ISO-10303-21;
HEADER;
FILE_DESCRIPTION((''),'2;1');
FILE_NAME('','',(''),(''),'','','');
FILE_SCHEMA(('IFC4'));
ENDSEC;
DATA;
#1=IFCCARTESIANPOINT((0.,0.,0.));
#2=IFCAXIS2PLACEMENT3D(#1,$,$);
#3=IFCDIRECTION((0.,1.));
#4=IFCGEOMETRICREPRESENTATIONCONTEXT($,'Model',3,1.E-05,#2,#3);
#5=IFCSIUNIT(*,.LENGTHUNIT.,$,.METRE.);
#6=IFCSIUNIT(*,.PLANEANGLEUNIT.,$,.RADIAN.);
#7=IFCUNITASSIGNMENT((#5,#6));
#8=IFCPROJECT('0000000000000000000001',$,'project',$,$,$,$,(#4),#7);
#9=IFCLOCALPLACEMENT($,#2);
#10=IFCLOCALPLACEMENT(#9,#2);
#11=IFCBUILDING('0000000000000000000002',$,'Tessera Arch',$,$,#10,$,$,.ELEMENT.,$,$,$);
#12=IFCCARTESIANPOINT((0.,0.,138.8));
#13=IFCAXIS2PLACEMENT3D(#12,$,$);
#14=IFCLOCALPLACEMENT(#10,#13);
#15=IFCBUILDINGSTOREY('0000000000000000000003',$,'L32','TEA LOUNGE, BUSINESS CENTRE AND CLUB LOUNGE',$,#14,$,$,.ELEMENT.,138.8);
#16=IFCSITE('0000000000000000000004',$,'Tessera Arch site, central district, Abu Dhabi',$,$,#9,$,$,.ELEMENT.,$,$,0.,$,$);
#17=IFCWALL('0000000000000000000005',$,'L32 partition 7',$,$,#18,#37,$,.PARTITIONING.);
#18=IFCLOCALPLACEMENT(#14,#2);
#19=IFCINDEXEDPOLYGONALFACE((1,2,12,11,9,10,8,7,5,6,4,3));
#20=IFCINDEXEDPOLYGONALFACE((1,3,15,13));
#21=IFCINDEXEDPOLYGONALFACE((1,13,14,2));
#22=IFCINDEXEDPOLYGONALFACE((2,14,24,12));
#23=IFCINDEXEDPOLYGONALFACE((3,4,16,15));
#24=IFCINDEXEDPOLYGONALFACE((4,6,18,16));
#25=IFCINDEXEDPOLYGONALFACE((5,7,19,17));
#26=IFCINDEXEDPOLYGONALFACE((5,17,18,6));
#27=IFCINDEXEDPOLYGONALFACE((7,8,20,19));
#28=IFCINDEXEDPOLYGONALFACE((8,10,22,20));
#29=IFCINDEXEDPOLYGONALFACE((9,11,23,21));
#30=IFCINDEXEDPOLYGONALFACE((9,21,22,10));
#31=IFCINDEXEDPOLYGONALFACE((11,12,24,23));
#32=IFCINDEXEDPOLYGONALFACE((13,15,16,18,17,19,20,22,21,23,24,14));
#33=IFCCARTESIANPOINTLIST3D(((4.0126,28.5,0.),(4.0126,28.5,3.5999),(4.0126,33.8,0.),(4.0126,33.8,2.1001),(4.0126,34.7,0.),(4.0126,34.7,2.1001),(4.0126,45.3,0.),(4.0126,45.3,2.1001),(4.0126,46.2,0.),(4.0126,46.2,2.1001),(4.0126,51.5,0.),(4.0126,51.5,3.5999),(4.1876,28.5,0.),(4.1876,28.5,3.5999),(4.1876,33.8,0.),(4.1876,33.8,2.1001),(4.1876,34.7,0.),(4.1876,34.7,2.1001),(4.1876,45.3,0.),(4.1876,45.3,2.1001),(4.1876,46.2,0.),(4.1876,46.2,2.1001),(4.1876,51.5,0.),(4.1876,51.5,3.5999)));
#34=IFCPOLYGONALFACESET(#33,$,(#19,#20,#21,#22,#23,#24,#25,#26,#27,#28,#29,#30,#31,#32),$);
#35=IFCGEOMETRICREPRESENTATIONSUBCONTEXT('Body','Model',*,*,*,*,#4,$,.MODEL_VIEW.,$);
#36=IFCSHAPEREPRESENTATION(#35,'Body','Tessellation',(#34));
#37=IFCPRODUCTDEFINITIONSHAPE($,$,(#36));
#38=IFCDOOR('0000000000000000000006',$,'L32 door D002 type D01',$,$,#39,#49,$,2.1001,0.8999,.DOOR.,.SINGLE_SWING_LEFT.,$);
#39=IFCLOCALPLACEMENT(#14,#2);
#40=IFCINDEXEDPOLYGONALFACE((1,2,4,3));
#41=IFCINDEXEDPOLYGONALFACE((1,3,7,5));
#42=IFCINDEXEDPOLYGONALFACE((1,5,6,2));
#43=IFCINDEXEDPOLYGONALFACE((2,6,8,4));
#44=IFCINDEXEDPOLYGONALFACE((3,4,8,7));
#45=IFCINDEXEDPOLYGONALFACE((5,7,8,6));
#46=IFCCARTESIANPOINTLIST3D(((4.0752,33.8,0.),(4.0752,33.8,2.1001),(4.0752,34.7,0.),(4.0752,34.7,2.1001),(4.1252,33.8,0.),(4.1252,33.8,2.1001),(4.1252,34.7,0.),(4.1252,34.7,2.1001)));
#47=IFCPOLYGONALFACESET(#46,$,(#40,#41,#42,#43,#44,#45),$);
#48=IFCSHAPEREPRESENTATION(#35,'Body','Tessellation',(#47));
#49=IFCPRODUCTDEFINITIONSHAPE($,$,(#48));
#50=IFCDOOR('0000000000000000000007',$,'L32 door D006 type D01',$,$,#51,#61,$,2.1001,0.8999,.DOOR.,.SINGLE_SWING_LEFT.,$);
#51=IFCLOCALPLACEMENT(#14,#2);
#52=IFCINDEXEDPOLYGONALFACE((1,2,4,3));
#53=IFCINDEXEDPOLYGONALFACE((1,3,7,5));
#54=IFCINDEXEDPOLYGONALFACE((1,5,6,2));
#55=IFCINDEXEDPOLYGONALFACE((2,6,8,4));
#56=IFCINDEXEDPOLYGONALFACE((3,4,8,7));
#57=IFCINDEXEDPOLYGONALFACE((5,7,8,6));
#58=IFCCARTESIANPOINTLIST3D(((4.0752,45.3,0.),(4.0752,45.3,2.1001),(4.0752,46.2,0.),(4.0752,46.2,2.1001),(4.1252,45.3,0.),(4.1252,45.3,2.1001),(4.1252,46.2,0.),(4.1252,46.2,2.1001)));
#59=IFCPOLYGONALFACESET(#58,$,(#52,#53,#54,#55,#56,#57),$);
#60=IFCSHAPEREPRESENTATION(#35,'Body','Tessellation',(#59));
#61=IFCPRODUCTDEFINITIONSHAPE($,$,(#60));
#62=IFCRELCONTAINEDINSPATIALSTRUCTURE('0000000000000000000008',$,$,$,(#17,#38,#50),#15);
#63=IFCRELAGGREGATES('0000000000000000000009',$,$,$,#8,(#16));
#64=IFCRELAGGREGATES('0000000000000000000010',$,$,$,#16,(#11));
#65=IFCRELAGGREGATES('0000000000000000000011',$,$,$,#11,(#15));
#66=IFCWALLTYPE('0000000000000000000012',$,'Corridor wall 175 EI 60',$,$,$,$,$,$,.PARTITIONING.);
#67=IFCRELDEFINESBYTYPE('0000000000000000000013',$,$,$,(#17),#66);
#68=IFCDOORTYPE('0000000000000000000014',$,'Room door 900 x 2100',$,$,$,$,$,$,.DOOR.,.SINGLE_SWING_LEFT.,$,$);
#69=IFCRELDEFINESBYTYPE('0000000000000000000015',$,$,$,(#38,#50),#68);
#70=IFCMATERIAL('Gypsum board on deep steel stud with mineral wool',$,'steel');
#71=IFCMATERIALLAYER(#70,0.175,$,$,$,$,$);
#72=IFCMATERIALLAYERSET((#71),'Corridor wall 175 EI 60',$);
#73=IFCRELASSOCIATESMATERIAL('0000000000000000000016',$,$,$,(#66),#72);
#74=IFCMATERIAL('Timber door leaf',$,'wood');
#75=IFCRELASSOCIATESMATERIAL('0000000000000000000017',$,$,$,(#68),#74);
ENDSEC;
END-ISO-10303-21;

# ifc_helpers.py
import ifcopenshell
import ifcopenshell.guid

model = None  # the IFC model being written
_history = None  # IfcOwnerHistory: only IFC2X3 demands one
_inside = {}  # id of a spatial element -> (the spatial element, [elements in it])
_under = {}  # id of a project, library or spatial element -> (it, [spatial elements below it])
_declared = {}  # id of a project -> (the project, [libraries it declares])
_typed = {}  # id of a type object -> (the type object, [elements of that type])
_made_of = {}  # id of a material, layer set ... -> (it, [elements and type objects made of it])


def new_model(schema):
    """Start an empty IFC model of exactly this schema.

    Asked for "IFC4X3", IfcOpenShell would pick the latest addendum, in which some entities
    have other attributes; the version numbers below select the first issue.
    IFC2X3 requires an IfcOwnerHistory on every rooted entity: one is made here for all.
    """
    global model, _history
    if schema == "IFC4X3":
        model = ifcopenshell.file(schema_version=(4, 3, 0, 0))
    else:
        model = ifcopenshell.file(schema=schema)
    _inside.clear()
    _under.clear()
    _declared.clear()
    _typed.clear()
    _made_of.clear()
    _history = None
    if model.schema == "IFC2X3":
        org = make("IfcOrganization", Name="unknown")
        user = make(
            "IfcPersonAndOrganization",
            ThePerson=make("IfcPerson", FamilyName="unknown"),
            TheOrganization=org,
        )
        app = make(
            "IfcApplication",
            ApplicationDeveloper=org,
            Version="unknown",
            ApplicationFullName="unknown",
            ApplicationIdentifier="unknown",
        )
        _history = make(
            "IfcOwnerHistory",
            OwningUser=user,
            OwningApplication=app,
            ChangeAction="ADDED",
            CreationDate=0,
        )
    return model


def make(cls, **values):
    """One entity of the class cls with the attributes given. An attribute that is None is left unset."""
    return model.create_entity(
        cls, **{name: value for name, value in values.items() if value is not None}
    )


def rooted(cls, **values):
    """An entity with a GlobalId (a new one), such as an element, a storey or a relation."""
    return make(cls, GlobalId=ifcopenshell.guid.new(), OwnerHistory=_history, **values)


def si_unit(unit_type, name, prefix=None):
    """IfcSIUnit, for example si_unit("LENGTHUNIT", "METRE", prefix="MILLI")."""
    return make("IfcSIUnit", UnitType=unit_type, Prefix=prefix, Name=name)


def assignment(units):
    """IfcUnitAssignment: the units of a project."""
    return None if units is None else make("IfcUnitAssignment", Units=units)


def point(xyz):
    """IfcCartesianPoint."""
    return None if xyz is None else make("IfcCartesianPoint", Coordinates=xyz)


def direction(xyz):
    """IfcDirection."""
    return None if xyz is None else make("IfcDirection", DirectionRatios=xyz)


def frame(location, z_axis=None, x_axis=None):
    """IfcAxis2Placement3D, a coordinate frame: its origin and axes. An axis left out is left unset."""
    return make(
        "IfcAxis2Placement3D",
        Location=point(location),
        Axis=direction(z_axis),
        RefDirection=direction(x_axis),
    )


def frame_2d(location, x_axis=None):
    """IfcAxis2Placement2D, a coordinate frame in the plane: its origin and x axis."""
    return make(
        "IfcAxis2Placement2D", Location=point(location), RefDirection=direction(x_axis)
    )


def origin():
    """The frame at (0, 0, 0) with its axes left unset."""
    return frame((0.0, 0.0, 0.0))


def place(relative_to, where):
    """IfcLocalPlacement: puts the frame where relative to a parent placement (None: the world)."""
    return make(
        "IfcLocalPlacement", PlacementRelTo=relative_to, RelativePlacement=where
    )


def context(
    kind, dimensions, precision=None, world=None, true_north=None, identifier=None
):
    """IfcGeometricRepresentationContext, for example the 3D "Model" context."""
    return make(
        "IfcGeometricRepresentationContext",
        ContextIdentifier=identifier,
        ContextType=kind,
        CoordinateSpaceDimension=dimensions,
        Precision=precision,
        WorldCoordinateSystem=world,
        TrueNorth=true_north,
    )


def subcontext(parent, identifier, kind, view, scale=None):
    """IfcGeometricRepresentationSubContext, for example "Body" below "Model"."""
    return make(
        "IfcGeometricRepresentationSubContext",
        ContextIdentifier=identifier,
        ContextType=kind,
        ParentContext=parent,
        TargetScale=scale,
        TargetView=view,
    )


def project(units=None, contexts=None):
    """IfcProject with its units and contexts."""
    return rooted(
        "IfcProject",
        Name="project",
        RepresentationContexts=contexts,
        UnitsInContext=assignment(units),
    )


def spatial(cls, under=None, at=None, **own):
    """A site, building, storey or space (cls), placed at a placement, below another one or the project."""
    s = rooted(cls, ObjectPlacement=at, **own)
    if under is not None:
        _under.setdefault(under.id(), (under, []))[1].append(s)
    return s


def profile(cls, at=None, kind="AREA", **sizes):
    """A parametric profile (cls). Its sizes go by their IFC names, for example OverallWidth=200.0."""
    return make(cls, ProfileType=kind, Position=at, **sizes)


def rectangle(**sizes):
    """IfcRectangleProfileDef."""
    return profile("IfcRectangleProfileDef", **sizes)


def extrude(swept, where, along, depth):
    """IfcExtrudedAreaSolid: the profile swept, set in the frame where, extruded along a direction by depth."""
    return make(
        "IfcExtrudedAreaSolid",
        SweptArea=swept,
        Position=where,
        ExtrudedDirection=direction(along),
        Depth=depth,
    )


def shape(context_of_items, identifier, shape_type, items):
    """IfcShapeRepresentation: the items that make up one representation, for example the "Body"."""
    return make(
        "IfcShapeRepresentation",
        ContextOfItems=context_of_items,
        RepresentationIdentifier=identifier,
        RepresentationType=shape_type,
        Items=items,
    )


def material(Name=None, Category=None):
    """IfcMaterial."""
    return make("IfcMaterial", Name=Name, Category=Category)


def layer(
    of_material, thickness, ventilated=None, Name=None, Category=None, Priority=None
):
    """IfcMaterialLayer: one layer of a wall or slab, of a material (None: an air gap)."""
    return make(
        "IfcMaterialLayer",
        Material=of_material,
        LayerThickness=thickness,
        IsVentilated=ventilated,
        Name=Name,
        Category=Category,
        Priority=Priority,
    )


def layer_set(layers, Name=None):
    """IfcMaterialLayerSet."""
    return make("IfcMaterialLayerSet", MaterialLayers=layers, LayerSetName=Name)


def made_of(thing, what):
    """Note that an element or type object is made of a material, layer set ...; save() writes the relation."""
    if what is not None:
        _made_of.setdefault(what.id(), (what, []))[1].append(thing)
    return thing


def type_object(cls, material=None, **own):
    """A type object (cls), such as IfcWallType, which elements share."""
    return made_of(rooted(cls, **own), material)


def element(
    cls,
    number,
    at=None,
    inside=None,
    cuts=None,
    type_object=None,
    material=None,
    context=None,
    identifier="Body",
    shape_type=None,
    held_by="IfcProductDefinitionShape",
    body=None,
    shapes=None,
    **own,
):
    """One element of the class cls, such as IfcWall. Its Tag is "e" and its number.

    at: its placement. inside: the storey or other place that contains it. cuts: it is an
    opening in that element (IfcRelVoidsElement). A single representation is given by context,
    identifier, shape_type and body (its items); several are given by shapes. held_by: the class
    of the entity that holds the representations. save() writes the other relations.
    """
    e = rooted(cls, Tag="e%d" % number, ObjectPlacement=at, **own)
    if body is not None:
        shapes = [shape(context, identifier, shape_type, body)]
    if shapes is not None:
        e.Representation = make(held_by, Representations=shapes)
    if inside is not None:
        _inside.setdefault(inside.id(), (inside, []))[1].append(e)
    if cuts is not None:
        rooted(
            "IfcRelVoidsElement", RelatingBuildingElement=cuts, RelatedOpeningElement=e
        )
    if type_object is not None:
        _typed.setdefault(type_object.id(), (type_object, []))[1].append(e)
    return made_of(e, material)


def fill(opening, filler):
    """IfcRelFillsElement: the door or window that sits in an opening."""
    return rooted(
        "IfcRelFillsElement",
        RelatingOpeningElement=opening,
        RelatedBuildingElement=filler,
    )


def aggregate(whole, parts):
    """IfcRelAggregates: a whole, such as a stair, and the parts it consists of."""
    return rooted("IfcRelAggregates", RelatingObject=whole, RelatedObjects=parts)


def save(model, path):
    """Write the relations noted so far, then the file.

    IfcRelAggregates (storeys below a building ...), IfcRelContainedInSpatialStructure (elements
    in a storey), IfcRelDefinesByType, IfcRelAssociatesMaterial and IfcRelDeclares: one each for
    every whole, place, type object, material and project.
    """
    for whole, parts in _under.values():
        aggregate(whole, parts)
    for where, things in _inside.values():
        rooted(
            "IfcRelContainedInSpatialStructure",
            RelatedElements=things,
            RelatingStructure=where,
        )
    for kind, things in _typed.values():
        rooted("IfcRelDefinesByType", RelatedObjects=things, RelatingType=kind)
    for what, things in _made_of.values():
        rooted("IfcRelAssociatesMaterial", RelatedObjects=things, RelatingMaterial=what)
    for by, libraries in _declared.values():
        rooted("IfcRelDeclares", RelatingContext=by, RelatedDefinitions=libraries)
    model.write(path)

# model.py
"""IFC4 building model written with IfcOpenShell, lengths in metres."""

from ifc_helpers import new_model, si_unit, direction, frame, frame_2d, origin, place, context, subcontext, project, spatial, rectangle, extrude, material, layer, layer_set, type_object, element, fill, save


model = new_model("IFC4")

# Units and contexts
model_context = context("Model", 3, precision=1e-05, world=origin(), true_north=direction((0.0, 1.0)))
body_context = subcontext(model_context, "Body", "Model", "MODEL_VIEW")
ifc_project = project(units=[si_unit("LENGTHUNIT", "METRE"), si_unit("PLANEANGLEUNIT", "RADIAN")], contexts=[model_context])

# Site, building, storey
site_placement = place(None, origin())
site = spatial("IfcSite", under=ifc_project, at=site_placement, Name="Tessera Arch site, central district, Abu Dhabi", CompositionType="ELEMENT", RefElevation=0.0)
building_placement = place(site_placement, origin())
building = spatial("IfcBuilding", under=site, at=building_placement, Name="Tessera Arch", CompositionType="ELEMENT")
storey_placement = place(building_placement, frame((0.0, 0.0, 138.8)))
storey = spatial("IfcBuildingStorey", under=building, at=storey_placement, Name="L32", Description="TEA LOUNGE, BUSINESS CENTRE AND CLUB LOUNGE", CompositionType="ELEMENT", Elevation=138.8)

# Shared definitions
ifc_material_1 = material(Name="Gypsum board on deep steel stud with mineral wool", Category="steel")
ifc_layer_1 = layer(ifc_material_1, 0.175)
ifc_layer_set_1 = layer_set([ifc_layer_1], Name="Corridor wall 175 EI 60")
wall_type_1 = type_object("IfcWallType", Name="Corridor wall 175 EI 60", PredefinedType="PARTITIONING", material=ifc_layer_set_1)

# Wall, openings, doors
wall_1_placement = place(storey_placement, frame((4.1001, 28.5, 0.0), z_axis=(0.0, 0.0, 1.0), x_axis=(0.0, 1.0, 0.0)))
wall_1 = element("IfcWall", 1, at=wall_1_placement, inside=storey, type_object=wall_type_1, Name="L32 partition 7", PredefinedType="PARTITIONING", context=body_context, shape_type="SweptSolid", body=[
    extrude(rectangle(XDim=23.0, YDim=0.175, at=frame_2d((11.5, 0.0))), origin(), (0.0, 0.0, 1.0), 3.5999),
])
opening_1_placement = place(wall_1_placement, frame((5.3, 0.0, 0.0)))
opening_1 = element("IfcOpeningElement", 2, at=opening_1_placement, cuts=wall_1, PredefinedType="OPENING", context=body_context, shape_type="SweptSolid", body=[
    extrude(rectangle(XDim=0.8999, YDim=2.1001, at=frame_2d((0.45, 1.05))), frame((0.0, 0.0974, 0.0), z_axis=(0.0, -1.0, 0.0), x_axis=(1.0, 0.0, 0.0)), (0.0, 0.0, 1.0), 0.1951),
])
opening_2_placement = place(wall_1_placement, frame((16.8, 0.0, 0.0)))
opening_2 = element("IfcOpeningElement", 3, at=opening_2_placement, cuts=wall_1, PredefinedType="OPENING", context=body_context, shape_type="SweptSolid", body=[
    extrude(rectangle(XDim=0.8999, YDim=2.1001, at=frame_2d((0.45, 1.05))), frame((0.0, 0.0974, 0.0), z_axis=(0.0, -1.0, 0.0), x_axis=(1.0, 0.0, 0.0)), (0.0, 0.0, 1.0), 0.1951),
])
ifc_material_2 = material(Name="Timber door leaf", Category="wood")
door_type_1 = type_object("IfcDoorType", Name="Room door 900 x 2100", OperationType="SINGLE_SWING_LEFT", PredefinedType="DOOR", material=ifc_material_2)
door_1_placement = place(opening_1_placement, origin())
door_1 = element("IfcDoor", 4, at=door_1_placement, inside=storey, type_object=door_type_1, Name="L32 door D002 type D01", OperationType="SINGLE_SWING_LEFT", OverallHeight=2.1001, OverallWidth=0.8999, PredefinedType="DOOR", context=body_context, shape_type="SweptSolid", body=[
    extrude(rectangle(XDim=0.8999, YDim=2.1001, at=frame_2d((0.45, 1.05))), frame((0.0, 0.0249, 0.0), z_axis=(0.0, -1.0, 0.0), x_axis=(1.0, 0.0, 0.0)), (0.0, 0.0, 1.0), 0.05),
])
fill(opening_1, door_1)
door_2_placement = place(opening_2_placement, origin())
door_2 = element("IfcDoor", 5, at=door_2_placement, inside=storey, type_object=door_type_1, Name="L32 door D006 type D01", OperationType="SINGLE_SWING_LEFT", OverallHeight=2.1001, OverallWidth=0.8999, PredefinedType="DOOR", context=body_context, shape_type="SweptSolid", body=[
    extrude(rectangle(XDim=0.8999, YDim=2.1001, at=frame_2d((0.45, 1.05))), frame((0.0, 0.0249, 0.0), z_axis=(0.0, -1.0, 0.0), x_axis=(1.0, 0.0, 0.0)), (0.0, 0.0, 1.0), 0.05),
])
fill(opening_2, door_2)

save(model, "model.ifc")
